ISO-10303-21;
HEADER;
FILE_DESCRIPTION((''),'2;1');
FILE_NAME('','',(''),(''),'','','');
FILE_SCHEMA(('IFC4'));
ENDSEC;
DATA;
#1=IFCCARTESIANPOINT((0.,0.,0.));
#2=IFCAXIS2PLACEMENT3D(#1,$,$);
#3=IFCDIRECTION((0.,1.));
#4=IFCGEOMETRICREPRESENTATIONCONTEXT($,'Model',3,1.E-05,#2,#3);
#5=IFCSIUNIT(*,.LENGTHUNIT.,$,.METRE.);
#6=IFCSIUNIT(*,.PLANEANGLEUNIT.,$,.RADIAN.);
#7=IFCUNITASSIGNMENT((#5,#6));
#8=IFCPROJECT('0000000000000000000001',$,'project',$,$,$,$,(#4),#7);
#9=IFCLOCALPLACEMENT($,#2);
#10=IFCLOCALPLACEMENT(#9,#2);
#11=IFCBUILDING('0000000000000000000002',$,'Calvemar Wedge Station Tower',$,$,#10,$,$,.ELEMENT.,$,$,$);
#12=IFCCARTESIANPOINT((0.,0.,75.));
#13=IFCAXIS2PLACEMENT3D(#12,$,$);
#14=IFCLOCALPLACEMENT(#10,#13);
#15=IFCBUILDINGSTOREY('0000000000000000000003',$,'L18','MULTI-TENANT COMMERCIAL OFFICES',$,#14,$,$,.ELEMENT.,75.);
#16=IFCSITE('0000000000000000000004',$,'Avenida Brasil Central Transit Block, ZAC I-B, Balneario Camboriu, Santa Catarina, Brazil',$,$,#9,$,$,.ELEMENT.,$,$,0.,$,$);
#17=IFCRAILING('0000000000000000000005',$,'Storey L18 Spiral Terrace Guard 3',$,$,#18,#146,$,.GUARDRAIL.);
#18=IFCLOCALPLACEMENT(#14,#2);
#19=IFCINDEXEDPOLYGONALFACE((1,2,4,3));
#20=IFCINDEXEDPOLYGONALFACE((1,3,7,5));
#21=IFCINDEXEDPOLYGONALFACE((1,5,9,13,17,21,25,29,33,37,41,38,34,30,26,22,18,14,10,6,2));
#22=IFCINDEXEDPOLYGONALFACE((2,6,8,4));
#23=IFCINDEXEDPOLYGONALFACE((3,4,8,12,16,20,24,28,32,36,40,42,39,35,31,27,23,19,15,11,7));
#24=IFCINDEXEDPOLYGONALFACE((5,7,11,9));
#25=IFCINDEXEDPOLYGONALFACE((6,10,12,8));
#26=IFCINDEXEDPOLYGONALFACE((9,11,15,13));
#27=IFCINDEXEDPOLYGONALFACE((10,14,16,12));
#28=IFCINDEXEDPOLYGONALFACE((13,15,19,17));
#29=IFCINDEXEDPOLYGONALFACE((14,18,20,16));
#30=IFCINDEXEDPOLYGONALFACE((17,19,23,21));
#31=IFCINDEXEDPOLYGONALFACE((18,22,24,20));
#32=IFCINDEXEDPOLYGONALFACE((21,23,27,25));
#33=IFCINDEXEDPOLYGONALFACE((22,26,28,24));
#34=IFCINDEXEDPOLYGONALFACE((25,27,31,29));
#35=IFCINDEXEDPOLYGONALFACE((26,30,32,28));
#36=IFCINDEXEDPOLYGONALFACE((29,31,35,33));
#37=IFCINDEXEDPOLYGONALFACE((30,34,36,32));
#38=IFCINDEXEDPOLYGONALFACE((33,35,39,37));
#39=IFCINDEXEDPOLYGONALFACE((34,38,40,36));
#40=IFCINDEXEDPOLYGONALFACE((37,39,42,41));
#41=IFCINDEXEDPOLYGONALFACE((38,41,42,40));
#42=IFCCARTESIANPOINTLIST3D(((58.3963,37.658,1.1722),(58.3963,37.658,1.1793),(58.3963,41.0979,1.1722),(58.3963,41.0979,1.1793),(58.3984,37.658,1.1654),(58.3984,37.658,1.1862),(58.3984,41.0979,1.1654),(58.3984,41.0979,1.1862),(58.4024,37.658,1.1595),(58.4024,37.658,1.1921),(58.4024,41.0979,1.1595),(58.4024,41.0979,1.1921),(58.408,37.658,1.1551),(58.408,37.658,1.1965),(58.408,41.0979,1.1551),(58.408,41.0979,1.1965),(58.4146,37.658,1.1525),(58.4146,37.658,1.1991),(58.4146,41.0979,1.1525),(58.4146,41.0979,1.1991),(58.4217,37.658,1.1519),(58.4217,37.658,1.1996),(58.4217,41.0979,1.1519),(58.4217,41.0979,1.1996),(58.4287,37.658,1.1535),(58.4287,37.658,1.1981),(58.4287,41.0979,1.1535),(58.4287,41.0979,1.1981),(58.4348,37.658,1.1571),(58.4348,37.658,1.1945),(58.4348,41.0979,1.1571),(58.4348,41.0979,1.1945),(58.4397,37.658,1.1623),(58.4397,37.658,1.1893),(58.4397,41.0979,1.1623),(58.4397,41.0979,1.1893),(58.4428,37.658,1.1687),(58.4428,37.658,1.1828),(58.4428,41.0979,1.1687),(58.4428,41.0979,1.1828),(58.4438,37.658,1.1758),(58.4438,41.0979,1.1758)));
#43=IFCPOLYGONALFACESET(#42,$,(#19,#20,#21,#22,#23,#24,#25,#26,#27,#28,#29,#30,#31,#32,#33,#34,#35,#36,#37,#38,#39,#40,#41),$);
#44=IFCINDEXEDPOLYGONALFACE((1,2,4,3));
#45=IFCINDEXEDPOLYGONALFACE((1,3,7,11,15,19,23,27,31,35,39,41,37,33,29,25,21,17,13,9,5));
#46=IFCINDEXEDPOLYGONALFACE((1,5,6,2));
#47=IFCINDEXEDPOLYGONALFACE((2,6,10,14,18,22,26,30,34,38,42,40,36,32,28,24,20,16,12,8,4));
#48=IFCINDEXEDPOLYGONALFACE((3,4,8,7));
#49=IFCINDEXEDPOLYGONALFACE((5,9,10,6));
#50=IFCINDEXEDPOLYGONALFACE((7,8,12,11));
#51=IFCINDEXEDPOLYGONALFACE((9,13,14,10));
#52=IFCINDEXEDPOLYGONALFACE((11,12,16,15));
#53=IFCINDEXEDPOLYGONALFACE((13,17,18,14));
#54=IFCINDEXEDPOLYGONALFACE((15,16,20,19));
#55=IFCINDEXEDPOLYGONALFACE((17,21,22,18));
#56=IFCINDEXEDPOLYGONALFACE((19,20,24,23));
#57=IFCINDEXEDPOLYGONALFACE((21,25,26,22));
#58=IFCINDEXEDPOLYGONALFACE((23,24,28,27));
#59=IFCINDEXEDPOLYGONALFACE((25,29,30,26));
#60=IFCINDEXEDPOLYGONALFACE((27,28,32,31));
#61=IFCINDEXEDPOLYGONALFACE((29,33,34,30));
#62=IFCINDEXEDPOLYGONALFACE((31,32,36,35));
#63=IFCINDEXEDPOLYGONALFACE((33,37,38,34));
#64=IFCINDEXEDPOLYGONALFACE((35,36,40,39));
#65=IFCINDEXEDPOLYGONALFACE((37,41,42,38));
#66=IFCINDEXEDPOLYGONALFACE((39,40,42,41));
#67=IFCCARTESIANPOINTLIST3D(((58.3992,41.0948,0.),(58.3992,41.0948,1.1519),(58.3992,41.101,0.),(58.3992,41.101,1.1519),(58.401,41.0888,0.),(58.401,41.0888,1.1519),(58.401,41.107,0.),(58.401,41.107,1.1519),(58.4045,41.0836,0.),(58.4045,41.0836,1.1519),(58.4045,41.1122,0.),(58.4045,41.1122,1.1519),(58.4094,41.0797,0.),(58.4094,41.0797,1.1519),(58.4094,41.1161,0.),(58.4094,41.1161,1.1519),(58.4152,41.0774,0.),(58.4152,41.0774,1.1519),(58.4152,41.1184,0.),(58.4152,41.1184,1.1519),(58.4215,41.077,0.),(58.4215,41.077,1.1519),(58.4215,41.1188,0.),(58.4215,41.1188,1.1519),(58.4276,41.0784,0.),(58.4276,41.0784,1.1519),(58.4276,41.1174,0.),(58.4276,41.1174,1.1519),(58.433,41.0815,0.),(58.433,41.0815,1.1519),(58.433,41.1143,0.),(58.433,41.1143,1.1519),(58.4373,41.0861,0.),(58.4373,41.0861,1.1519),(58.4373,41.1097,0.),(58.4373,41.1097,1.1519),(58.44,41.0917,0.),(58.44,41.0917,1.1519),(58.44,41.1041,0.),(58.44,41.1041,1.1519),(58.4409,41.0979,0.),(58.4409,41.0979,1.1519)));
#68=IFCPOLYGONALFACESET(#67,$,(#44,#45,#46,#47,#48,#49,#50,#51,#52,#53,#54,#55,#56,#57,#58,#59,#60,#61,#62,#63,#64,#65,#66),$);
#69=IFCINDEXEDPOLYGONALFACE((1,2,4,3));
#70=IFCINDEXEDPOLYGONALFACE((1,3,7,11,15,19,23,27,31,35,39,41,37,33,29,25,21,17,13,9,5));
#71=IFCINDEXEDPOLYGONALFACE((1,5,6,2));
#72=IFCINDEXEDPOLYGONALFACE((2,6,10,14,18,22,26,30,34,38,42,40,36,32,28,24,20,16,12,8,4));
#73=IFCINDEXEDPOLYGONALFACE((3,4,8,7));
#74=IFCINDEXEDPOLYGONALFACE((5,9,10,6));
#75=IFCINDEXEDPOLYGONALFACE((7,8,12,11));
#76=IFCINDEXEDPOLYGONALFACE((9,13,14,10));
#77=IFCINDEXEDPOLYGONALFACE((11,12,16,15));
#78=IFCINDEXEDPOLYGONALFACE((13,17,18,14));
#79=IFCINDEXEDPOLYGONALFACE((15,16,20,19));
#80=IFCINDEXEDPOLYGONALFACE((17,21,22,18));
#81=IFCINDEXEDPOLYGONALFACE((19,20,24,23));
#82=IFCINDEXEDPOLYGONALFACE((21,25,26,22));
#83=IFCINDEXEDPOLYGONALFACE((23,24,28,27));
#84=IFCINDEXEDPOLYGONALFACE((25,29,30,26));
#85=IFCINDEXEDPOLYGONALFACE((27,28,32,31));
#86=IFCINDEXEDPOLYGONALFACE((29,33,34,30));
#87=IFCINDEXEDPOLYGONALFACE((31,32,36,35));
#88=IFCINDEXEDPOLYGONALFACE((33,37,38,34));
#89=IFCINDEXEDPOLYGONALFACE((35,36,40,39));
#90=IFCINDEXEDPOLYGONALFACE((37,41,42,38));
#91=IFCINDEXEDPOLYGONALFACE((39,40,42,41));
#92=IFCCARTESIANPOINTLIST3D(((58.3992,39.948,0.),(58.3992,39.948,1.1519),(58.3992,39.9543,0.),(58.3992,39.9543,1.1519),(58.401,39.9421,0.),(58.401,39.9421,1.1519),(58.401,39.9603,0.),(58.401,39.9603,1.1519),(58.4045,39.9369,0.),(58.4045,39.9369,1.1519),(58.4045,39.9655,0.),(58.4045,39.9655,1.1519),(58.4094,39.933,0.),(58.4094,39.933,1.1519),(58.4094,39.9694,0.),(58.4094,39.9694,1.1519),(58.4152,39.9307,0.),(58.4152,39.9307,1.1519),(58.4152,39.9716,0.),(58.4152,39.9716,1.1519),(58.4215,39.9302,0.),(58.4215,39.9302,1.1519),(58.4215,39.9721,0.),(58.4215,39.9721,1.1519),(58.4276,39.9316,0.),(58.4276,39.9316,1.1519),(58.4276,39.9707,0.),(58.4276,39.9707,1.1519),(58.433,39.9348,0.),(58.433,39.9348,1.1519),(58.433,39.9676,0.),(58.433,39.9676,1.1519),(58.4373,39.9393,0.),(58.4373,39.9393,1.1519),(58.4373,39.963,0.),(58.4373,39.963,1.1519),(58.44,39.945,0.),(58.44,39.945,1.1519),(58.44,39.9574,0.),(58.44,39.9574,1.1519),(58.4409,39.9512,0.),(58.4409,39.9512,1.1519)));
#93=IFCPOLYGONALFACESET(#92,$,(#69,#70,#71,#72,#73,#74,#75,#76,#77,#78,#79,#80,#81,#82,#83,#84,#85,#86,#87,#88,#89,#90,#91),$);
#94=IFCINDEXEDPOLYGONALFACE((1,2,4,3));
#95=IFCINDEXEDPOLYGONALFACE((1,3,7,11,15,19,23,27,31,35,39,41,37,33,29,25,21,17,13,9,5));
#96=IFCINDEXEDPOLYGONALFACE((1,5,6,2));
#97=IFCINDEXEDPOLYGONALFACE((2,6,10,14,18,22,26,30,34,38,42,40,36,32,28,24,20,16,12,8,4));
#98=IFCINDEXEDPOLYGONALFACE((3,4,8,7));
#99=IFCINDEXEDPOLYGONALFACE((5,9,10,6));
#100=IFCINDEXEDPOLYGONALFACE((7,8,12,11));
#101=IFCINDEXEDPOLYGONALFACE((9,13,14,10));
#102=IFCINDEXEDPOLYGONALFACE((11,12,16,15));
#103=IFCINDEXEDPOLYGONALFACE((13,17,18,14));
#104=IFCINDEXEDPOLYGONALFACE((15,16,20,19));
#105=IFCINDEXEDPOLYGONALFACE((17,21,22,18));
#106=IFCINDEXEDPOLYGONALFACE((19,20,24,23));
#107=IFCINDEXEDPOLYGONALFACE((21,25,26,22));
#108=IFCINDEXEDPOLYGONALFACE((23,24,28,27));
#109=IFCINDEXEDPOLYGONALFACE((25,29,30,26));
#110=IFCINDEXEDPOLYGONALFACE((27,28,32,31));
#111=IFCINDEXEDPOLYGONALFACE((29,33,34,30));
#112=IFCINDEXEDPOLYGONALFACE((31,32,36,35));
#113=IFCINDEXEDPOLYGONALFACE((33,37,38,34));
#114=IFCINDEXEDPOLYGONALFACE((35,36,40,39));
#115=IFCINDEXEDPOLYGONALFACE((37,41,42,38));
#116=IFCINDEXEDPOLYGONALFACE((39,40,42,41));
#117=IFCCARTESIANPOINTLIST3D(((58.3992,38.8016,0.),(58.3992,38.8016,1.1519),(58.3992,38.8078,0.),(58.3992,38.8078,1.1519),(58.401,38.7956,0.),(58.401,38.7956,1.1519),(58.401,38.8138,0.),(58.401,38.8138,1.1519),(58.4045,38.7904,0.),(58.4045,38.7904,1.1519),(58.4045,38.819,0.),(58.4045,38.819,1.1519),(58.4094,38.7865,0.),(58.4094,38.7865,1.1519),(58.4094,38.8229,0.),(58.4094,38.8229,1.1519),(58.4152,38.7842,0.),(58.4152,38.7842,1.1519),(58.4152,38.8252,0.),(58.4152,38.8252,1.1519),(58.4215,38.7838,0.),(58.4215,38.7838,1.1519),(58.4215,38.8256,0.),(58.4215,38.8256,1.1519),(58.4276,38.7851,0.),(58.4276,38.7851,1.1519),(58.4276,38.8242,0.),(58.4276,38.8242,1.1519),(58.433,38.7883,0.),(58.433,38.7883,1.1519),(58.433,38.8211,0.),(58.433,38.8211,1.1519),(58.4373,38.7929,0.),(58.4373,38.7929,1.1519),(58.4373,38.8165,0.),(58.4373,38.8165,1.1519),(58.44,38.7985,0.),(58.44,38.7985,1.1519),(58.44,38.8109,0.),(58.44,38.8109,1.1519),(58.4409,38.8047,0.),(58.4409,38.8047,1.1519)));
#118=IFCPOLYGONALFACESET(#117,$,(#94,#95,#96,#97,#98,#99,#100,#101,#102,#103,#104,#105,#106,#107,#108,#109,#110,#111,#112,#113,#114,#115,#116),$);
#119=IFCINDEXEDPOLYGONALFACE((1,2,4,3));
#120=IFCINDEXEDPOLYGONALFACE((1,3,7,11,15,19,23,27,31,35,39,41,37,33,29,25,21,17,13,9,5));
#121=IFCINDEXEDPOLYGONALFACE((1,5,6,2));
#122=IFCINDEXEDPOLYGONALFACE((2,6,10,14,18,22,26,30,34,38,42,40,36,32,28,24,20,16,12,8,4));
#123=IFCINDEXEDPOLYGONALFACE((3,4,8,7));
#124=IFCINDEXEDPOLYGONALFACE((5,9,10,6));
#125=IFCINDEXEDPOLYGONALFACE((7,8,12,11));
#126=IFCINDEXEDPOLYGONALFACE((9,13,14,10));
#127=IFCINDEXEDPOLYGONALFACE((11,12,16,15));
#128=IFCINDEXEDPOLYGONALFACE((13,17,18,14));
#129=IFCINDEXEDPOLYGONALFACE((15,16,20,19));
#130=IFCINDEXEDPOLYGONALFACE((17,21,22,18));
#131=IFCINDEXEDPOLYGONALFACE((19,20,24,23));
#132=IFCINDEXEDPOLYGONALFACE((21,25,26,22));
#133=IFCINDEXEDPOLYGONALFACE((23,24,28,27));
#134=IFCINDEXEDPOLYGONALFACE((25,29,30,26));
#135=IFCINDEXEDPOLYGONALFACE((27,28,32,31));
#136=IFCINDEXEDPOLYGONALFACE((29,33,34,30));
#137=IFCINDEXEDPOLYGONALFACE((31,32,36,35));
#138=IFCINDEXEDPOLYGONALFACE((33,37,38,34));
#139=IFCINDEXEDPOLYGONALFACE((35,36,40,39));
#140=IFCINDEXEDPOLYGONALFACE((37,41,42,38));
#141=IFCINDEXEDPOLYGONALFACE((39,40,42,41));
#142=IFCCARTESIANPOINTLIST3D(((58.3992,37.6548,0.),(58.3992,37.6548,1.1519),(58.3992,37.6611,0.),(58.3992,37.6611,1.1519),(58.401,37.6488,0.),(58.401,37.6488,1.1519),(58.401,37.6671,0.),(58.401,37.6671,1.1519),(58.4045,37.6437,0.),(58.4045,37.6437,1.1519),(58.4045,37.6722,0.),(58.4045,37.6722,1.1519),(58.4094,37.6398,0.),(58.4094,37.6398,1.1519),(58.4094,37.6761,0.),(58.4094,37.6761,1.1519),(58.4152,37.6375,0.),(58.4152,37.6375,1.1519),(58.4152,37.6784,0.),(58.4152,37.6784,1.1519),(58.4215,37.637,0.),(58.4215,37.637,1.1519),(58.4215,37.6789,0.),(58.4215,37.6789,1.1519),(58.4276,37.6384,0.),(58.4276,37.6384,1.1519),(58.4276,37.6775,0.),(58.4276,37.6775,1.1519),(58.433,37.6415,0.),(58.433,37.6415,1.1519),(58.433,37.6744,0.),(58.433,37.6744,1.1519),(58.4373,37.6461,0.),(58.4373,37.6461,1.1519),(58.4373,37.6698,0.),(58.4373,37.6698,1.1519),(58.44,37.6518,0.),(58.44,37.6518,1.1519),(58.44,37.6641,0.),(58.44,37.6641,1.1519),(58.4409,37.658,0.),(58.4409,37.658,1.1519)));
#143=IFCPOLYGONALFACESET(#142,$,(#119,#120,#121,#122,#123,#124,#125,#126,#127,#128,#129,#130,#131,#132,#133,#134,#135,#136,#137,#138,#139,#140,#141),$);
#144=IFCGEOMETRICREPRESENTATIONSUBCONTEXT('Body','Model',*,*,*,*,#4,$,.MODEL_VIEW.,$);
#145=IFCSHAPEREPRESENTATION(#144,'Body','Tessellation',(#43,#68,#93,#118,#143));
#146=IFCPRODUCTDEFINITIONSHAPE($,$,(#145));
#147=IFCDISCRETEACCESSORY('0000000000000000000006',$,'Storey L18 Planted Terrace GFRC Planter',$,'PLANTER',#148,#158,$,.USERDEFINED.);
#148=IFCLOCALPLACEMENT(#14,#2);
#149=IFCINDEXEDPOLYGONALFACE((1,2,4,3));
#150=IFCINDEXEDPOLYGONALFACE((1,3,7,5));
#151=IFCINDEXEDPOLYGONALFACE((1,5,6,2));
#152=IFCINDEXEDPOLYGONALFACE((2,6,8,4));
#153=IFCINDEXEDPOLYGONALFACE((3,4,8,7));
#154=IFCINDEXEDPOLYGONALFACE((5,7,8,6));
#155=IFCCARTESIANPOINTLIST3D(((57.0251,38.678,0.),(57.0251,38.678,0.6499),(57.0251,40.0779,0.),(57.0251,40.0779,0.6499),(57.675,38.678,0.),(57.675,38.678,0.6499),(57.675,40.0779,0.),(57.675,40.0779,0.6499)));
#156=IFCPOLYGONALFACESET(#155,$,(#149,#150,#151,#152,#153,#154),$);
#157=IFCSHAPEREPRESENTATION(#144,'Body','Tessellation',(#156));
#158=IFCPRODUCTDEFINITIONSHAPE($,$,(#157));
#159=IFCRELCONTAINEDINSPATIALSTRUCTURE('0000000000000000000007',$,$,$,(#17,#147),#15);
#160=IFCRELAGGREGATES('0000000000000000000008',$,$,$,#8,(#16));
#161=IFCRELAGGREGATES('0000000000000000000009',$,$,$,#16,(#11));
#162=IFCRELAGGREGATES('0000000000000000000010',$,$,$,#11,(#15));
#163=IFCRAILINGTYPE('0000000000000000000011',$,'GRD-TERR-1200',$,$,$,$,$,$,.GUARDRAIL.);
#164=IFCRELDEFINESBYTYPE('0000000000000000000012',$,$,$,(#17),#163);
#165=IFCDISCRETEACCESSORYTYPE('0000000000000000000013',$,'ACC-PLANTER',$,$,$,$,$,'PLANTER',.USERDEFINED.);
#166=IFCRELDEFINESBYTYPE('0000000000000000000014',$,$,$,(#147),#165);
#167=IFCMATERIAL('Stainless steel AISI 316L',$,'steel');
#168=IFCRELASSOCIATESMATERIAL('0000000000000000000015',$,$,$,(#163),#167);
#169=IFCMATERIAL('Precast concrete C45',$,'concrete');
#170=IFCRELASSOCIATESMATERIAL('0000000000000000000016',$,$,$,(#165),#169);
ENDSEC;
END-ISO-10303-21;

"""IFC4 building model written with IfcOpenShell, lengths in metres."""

from ifc_helpers import new_model, si_unit, direction, frame, origin, origin_2d, place, context, subcontext, project, spatial, rectangle, circle, extrude, source, transform, mapped, material, type_object, element, save


model = new_model("IFC4")

# Units and contexts
model_context = context("Model", 3, precision=1e-05, world=origin(), true_north=direction((0.0, 1.0)))
body_context = subcontext(model_context, "Body", "Model", "MODEL_VIEW")
ifc_project = project(units=[si_unit("LENGTHUNIT", "METRE"), si_unit("PLANEANGLEUNIT", "RADIAN")], contexts=[model_context])

# Site, building, storey
site_placement = place(None, origin())
site = spatial("IfcSite", under=ifc_project, at=site_placement, Name="Avenida Brasil Central Transit Block, ZAC I-B, Balneario Camboriu, Santa Catarina, Brazil", CompositionType="ELEMENT", RefElevation=0.0)
building_placement = place(site_placement, origin())
building = spatial("IfcBuilding", under=site, at=building_placement, Name="Calvemar Wedge Station Tower", CompositionType="ELEMENT")
storey_placement = place(building_placement, frame((0.0, 0.0, 75.0)))
storey = spatial("IfcBuildingStorey", under=building, at=storey_placement, Name="L18", Description="MULTI-TENANT COMMERCIAL OFFICES", CompositionType="ELEMENT", Elevation=75.0)

# Shared definitions
ifc_material_1 = material(Name="Precast concrete C45", Category="concrete")

# Railing
ifc_material_2 = material(Name="Stainless steel AISI 316L", Category="steel")
railing_type = type_object("IfcRailingType", Name="GRD-TERR-1200", PredefinedType="GUARDRAIL", material=ifc_material_2)
railing_1_placement = place(storey_placement, frame((58.4199, 41.0979, 0.0)))
element("IfcRailing", 1, at=railing_1_placement, inside=storey, type_object=railing_type, Name="Storey L18 Spiral Terrace Guard 3", PredefinedType="GUARDRAIL", context=body_context, shape_type="SweptSolid", body=[
    extrude(circle(Radius=0.0239, at=origin_2d()), frame((0.0, 0.0, 1.1758), z_axis=(0.0, -1.0, 0.0), x_axis=(1.0, 0.0, 0.0)), (0.0, 0.0, 1.0), 3.4399),
    extrude(circle(Radius=0.021, at=origin_2d()), origin(), (0.0, 0.0, 1.0), 1.1519),
    extrude(circle(Radius=0.021, at=origin_2d()), frame((0.0, -1.1467, 0.0)), (0.0, 0.0, 1.0), 1.1519),
    extrude(circle(Radius=0.021, at=origin_2d()), frame((0.0, -2.2932, 0.0)), (0.0, 0.0, 1.0), 1.1519),
    extrude(circle(Radius=0.021, at=origin_2d()), frame((0.0, -3.4399, 0.0)), (0.0, 0.0, 1.0), 1.1519),
])

# Discrete accessory
discrete_accessory_type = type_object("IfcDiscreteAccessoryType", Name="ACC-PLANTER", ElementType="PLANTER", PredefinedType="USERDEFINED", material=ifc_material_1)
shared_shape_1 = source(origin(), body_context, "Body", "SweptSolid", [
    extrude(rectangle(XDim=0.6499, YDim=1.3999, at=origin_2d()), origin(), (0.0, 0.0, 1.0), 0.6499),
])
discrete_accessory_placement = place(storey_placement, frame((57.3501, 39.3779, 0.0), z_axis=(0.0, 0.0, 1.0), x_axis=(1.0, 0.0, 0.0)))
element("IfcDiscreteAccessory", 2, at=discrete_accessory_placement, inside=storey, type_object=discrete_accessory_type, Name="Storey L18 Planted Terrace GFRC Planter", ObjectType="PLANTER", PredefinedType="USERDEFINED", context=body_context, shape_type="MappedRepresentation", body=[
    mapped(shared_shape_1, transform((0.0, 0.0, 0.0), scale=1.0)),
])

save(model, "model.ifc")
